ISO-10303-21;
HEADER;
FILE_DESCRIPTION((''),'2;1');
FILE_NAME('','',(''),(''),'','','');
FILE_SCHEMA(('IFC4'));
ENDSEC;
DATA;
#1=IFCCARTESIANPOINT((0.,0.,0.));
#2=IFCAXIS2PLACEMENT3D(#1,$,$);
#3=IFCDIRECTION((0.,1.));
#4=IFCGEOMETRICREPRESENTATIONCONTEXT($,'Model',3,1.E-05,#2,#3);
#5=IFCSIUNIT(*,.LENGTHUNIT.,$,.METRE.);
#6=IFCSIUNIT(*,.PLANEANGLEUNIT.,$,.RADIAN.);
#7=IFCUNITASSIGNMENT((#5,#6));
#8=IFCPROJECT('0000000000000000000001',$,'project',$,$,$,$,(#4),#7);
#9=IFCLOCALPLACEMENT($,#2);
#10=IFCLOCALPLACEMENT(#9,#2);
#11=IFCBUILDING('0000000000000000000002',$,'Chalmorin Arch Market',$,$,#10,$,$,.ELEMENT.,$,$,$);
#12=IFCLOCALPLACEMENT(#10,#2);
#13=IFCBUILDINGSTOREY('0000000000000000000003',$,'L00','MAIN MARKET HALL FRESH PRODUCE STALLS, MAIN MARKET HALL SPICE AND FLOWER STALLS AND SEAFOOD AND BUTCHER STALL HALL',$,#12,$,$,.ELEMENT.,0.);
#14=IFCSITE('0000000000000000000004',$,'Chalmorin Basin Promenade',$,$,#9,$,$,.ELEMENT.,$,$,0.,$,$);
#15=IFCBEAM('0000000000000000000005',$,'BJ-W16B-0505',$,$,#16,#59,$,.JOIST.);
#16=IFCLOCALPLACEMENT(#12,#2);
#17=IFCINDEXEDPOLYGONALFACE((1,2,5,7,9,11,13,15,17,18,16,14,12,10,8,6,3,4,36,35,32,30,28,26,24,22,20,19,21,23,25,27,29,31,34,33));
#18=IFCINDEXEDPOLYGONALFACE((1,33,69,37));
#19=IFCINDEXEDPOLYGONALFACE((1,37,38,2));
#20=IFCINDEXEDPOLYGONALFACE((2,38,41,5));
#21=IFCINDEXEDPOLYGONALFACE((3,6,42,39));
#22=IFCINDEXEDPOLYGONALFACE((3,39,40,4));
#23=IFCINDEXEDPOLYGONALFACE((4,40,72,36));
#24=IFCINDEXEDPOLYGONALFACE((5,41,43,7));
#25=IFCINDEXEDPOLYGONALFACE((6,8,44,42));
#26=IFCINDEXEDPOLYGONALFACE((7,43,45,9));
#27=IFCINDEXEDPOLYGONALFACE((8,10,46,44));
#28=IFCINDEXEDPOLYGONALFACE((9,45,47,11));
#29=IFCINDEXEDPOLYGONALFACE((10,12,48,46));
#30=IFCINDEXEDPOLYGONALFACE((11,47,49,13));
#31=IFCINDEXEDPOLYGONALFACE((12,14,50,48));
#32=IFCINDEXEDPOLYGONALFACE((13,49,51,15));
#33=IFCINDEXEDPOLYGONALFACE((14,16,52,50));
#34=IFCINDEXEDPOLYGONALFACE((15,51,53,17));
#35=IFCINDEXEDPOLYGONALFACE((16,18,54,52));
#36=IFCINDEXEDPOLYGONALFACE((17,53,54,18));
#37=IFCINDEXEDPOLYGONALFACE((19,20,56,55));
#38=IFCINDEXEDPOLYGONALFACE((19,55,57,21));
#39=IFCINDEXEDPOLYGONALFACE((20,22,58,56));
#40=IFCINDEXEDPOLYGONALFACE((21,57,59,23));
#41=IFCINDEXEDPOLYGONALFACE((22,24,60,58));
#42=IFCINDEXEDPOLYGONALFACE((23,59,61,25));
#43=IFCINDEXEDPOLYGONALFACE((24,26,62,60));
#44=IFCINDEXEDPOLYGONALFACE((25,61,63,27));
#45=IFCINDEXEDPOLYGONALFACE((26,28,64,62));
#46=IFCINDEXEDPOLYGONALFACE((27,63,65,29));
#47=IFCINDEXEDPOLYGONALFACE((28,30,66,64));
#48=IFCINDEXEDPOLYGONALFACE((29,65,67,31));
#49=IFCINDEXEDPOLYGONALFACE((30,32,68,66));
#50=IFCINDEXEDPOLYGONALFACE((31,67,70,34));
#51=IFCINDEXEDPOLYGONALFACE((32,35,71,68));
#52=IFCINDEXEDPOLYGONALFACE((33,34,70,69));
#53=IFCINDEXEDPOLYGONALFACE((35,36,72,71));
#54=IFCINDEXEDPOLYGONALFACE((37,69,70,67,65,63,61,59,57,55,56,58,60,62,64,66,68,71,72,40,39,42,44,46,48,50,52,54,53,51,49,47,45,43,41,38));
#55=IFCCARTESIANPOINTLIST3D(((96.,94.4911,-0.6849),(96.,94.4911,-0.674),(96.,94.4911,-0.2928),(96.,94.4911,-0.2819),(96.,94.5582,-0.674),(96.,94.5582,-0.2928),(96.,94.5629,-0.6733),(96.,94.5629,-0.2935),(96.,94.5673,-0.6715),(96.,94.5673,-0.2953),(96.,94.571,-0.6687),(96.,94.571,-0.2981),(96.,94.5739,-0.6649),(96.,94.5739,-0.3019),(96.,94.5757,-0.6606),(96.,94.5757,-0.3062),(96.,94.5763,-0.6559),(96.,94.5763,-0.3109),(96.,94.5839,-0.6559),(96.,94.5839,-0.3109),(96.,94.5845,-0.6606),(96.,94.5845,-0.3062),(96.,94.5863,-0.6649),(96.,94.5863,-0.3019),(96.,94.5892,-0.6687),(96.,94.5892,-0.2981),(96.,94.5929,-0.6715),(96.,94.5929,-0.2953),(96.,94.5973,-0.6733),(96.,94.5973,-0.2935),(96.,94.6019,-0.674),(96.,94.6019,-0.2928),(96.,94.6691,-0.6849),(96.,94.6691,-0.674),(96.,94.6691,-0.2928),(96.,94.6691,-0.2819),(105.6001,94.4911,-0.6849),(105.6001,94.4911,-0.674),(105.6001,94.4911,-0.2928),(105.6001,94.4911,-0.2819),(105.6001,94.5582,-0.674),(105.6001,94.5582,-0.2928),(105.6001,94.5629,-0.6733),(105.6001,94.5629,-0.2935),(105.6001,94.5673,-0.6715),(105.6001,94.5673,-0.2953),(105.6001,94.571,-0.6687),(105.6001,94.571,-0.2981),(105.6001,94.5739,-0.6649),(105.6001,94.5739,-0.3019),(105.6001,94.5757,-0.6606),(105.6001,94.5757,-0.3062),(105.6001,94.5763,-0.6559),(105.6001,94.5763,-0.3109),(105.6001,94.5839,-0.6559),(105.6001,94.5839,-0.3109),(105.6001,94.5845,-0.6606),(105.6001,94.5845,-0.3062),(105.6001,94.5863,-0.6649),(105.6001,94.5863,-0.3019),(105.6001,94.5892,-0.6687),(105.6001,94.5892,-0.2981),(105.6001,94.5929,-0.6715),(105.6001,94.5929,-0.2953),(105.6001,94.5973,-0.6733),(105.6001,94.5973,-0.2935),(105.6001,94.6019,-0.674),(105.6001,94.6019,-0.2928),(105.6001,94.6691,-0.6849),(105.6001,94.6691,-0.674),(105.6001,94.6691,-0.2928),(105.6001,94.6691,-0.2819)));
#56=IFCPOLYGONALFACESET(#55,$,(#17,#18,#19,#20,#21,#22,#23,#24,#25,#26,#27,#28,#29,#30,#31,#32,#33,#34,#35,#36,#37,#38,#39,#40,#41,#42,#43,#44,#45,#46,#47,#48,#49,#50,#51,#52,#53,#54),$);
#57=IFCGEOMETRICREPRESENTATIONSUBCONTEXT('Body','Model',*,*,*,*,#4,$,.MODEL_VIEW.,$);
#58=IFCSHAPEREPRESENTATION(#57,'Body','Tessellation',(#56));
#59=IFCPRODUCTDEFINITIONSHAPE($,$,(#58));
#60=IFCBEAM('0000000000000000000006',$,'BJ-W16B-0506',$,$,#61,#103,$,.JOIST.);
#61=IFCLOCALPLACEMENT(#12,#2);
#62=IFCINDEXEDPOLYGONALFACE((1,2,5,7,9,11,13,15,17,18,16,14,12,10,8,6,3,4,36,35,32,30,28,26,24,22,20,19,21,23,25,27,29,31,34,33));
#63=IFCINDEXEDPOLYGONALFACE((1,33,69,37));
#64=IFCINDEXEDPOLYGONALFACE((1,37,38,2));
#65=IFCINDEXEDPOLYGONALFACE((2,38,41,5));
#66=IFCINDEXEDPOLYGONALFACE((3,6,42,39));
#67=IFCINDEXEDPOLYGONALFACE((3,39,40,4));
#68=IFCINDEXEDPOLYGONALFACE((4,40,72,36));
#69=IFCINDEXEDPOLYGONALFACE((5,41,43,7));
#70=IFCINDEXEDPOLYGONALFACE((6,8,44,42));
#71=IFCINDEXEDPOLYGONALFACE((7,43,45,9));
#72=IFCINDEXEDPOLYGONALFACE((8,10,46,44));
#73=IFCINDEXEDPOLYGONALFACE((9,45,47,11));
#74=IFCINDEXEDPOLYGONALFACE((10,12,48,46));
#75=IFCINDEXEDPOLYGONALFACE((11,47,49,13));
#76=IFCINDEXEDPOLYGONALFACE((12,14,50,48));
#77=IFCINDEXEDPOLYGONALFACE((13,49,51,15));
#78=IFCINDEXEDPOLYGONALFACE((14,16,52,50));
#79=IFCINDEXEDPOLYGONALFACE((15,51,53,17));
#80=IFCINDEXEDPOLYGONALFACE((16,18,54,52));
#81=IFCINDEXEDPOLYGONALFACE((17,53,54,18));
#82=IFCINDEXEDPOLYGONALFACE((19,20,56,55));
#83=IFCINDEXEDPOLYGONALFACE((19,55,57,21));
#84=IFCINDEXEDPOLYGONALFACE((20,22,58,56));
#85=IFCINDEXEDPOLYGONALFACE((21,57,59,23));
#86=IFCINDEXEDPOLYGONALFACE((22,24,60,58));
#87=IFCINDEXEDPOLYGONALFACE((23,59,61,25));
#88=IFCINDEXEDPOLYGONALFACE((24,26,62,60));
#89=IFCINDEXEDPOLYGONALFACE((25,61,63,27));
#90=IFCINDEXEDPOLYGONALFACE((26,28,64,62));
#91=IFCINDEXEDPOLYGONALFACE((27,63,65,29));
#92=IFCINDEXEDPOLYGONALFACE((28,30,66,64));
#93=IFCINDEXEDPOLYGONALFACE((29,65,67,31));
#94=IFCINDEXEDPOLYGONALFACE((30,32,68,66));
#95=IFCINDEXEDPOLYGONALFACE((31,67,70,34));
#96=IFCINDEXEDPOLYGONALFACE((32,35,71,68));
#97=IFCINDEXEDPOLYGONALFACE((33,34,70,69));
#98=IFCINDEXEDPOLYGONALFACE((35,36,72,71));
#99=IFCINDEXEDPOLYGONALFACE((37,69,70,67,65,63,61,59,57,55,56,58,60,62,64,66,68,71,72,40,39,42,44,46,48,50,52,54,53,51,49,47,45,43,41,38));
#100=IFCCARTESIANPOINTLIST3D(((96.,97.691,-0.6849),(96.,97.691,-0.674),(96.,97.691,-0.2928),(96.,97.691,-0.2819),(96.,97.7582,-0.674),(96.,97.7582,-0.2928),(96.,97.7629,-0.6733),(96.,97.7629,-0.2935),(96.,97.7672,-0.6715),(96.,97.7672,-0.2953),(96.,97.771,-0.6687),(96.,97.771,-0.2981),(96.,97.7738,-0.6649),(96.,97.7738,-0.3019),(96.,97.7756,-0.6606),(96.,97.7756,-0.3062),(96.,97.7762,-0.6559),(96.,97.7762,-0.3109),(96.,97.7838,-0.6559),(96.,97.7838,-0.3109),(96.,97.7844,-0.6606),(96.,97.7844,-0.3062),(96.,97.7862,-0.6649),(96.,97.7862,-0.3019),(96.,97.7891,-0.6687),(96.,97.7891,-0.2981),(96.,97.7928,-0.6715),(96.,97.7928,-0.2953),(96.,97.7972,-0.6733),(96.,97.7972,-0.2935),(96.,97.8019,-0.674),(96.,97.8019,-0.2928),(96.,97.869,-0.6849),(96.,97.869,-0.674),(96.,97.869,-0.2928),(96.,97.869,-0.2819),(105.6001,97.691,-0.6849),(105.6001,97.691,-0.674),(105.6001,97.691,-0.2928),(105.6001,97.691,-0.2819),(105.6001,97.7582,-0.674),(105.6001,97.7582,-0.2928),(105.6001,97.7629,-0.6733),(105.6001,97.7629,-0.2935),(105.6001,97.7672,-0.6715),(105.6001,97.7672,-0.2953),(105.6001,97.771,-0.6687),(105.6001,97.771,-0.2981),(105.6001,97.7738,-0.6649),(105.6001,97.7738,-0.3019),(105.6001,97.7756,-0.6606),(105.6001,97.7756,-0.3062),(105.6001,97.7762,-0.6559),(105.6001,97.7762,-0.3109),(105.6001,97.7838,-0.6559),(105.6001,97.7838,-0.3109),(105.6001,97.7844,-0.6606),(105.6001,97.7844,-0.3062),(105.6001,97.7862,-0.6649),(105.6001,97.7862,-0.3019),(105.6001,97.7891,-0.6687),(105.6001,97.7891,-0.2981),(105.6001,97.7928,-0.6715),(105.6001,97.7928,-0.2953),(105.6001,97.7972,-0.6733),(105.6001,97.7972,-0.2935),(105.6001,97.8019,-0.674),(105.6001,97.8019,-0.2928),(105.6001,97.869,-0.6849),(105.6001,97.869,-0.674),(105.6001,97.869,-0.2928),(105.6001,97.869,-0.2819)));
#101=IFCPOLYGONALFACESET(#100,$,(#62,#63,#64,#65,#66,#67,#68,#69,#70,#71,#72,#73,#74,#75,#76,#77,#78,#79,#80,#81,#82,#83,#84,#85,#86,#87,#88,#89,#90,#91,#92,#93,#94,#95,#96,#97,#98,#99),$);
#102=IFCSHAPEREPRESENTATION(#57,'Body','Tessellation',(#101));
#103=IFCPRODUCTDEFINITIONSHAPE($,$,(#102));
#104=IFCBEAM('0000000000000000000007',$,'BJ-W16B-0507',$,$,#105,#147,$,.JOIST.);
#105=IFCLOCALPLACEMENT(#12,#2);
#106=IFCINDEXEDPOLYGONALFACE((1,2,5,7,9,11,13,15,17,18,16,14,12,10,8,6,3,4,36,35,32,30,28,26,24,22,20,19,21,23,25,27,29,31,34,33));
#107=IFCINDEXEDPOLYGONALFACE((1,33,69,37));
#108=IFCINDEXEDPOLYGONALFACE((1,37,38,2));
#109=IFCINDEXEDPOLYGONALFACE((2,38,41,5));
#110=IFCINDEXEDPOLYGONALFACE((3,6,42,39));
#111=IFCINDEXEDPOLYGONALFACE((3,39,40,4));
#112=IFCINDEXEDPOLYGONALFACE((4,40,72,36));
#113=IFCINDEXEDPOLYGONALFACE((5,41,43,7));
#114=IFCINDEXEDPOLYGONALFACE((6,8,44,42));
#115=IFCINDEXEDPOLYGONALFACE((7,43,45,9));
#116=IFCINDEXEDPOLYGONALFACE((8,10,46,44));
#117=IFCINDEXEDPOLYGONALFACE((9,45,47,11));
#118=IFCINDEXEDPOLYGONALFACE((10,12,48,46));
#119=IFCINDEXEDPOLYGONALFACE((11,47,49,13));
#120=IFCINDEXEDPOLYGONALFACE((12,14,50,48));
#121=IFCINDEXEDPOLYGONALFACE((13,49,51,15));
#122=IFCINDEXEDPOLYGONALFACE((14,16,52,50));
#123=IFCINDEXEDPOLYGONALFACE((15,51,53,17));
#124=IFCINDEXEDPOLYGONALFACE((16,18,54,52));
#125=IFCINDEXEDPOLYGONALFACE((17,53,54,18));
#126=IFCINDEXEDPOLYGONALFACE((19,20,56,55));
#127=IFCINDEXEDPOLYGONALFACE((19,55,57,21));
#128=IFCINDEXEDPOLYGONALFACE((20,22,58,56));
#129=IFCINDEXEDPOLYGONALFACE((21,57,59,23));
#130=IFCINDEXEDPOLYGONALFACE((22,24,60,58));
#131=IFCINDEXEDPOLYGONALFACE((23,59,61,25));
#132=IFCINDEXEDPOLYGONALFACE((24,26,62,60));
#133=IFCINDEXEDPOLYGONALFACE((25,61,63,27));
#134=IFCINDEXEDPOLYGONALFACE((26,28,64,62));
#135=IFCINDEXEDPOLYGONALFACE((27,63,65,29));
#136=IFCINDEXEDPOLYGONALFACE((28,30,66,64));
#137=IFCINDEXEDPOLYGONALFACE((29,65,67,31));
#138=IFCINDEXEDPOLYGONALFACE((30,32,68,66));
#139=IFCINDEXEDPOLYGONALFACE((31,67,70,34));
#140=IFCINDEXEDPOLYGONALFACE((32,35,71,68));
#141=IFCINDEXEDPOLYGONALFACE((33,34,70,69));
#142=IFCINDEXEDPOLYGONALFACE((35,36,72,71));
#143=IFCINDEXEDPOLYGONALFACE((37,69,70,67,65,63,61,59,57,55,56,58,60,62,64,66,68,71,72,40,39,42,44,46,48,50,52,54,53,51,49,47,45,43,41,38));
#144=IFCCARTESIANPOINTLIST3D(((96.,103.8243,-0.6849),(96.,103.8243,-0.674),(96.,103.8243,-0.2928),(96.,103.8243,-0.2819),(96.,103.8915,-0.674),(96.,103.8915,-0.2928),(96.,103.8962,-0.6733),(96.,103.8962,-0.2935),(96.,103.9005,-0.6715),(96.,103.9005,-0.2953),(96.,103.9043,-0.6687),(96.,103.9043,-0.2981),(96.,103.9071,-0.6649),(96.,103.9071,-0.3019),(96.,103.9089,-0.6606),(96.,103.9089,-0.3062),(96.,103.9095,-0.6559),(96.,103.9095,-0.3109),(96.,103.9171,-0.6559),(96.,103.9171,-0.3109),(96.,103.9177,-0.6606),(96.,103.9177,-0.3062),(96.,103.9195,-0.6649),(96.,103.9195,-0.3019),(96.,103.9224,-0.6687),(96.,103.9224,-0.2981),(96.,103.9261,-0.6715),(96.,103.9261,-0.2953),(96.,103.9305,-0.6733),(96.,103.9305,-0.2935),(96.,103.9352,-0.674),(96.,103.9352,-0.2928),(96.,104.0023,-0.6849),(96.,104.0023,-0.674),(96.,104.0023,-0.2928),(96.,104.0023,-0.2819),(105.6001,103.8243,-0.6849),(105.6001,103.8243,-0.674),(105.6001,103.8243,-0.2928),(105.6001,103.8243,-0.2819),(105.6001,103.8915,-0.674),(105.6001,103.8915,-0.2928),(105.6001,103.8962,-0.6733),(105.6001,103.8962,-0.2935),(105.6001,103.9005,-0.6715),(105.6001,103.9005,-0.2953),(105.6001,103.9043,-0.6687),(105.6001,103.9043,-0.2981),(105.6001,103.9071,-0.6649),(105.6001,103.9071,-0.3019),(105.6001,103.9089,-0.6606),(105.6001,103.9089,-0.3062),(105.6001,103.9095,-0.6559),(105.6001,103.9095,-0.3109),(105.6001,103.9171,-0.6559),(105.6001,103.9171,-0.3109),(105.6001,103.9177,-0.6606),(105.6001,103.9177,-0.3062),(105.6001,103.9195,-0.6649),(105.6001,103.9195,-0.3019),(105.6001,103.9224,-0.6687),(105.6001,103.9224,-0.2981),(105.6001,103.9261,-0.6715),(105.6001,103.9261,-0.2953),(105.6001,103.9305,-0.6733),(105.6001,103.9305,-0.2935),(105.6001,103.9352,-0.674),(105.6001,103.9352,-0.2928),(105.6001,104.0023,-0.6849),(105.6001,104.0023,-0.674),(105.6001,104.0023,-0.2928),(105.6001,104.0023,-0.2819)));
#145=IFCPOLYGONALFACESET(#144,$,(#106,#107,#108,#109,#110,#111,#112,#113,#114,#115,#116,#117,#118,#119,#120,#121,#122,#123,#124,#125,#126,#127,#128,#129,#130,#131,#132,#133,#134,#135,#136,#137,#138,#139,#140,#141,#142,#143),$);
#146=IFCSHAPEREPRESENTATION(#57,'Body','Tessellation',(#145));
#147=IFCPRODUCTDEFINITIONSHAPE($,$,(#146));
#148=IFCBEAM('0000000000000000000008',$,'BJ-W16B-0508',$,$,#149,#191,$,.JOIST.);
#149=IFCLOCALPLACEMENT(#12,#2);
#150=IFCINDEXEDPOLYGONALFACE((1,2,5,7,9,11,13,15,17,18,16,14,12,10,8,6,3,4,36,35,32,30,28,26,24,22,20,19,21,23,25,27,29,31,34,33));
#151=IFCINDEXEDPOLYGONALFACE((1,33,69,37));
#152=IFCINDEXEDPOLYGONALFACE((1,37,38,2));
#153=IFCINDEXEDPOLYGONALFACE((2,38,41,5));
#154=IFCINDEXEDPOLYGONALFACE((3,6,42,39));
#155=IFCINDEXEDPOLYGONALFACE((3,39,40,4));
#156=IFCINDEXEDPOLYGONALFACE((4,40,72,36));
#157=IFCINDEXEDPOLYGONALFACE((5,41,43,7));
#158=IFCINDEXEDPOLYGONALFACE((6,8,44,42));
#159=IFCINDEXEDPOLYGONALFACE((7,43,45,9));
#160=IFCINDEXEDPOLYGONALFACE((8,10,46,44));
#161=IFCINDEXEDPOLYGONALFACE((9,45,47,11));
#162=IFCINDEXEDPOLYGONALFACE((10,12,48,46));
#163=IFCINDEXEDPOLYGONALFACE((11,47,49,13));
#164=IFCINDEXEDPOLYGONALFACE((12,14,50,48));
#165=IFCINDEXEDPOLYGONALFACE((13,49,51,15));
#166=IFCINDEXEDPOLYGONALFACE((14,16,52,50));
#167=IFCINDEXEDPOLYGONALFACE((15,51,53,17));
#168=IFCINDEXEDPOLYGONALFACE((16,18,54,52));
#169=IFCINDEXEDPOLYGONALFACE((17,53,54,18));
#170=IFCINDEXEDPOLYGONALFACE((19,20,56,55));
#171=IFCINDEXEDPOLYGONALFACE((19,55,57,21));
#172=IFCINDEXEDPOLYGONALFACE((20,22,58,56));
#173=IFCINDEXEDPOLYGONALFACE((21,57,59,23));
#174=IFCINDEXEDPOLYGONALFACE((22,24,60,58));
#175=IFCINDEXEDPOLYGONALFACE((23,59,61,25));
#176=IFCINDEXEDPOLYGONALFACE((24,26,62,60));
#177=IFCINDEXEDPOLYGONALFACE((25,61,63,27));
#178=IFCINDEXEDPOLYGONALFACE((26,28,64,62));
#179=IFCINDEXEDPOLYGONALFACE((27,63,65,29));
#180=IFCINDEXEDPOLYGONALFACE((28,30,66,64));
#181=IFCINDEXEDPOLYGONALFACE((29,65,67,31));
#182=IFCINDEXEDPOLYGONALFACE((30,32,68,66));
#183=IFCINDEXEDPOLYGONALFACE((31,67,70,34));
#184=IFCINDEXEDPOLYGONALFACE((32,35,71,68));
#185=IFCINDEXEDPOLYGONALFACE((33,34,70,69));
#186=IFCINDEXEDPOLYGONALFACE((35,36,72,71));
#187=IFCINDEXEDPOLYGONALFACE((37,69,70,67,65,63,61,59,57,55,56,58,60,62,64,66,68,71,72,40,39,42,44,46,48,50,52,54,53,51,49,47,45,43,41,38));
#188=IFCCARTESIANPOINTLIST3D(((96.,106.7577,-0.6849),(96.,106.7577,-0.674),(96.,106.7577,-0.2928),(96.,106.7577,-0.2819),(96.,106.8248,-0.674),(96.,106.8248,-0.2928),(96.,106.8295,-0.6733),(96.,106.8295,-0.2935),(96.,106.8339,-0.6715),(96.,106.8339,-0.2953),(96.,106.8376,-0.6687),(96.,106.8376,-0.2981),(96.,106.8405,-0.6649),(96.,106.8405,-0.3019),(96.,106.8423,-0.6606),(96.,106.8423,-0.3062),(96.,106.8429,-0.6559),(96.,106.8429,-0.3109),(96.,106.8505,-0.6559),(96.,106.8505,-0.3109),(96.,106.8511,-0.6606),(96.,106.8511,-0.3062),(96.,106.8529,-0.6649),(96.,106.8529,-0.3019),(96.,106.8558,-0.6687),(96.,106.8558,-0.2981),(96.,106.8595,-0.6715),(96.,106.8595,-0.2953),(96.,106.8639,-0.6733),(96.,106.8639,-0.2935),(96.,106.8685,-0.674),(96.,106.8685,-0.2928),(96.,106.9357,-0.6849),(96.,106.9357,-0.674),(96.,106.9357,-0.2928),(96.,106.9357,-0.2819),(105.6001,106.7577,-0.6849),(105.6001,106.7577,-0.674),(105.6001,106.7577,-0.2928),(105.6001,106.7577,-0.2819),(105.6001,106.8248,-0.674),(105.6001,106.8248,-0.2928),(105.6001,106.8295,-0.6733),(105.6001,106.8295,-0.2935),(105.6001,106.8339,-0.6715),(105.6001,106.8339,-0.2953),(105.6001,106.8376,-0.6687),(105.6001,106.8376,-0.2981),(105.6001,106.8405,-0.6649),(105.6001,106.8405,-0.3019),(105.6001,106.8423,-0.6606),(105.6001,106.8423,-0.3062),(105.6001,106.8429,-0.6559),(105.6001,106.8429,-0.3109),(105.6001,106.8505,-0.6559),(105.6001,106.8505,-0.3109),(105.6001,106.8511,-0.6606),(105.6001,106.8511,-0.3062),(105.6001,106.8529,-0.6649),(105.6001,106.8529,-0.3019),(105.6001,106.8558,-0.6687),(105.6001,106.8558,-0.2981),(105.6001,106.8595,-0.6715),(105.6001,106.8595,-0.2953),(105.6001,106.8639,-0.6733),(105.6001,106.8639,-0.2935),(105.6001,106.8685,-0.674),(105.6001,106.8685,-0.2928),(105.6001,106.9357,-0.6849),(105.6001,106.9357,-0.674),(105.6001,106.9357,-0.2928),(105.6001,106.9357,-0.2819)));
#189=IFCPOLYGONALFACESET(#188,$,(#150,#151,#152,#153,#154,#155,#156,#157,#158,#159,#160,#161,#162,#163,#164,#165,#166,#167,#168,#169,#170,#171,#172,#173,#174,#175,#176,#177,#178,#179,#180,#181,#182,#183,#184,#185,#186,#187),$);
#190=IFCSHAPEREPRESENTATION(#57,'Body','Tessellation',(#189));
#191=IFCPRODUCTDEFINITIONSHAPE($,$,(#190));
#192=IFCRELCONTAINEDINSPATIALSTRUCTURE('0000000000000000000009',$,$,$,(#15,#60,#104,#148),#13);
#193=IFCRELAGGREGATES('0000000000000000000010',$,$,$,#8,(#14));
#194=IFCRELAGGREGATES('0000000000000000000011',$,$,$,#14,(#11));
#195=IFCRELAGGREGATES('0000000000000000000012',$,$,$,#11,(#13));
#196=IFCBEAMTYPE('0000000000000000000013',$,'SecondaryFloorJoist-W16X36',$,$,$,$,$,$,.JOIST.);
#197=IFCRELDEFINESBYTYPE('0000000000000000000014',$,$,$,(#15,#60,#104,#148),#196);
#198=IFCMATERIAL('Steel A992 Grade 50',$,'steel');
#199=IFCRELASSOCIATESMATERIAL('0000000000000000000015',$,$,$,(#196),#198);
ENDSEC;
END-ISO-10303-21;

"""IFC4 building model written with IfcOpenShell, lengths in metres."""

from ifc_helpers import new_model, si_unit, direction, frame, origin, origin_2d, place, context, subcontext, project, spatial, i_section, extrude, material, material_profile, profile_set, type_object, element, save


model = new_model("IFC4")

# Units and contexts
model_context = context("Model", 3, precision=1e-05, world=origin(), true_north=direction((0.0, 1.0)))
body_context = subcontext(model_context, "Body", "Model", "MODEL_VIEW")
ifc_project = project(units=[si_unit("LENGTHUNIT", "METRE"), si_unit("PLANEANGLEUNIT", "RADIAN")], contexts=[model_context])

# Site, building, storey
site_placement = place(None, origin())
site = spatial("IfcSite", under=ifc_project, at=site_placement, Name="Chalmorin Basin Promenade", CompositionType="ELEMENT", RefElevation=0.0)
building_placement = place(site_placement, origin())
building = spatial("IfcBuilding", under=site, at=building_placement, Name="Chalmorin Arch Market", CompositionType="ELEMENT")
storey_placement = place(building_placement, origin())
storey = spatial("IfcBuildingStorey", under=building, at=storey_placement, Name="L00", Description="MAIN MARKET HALL FRESH PRODUCE STALLS, MAIN MARKET HALL SPICE AND FLOWER STALLS AND SEAFOOD AND BUTCHER STALL HALL", CompositionType="ELEMENT", Elevation=0.0)

# Beams
ifc_material_1 = material(Name="Steel A992 Grade 50", Category="steel")
ifc_material_profile_1 = material_profile(ifc_material_1, i_section(OverallWidth=0.178, OverallDepth=0.4031, WebThickness=0.0076, FlangeThickness=0.011, FilletRadius=0.0181, at=origin_2d()), Name="W16X36")
ifc_profile_set_1 = profile_set([ifc_material_profile_1], Name="Steel A992 Grade 50")
beam_type_1 = type_object("IfcBeamType", Name="SecondaryFloorJoist-W16X36", PredefinedType="JOIST", material=ifc_profile_set_1)
for number, where, z_axis, x_axis, name in (
    (1, (96.0, 94.5801, -0.4834), (1.0, 0.0, 0.0), (0.0, 1.0, 0.0), "BJ-W16B-0505"),
    (2, (96.0, 97.78, -0.4834), (1.0, 0.0, 0.0), (0.0, 1.0, 0.0), "BJ-W16B-0506"),
    (3, (96.0, 103.9133, -0.4834), (1.0, 0.0, 0.0), (0.0, 1.0, 0.0), "BJ-W16B-0507"),
    (4, (96.0, 106.8467, -0.4834), (1.0, 0.0, 0.0), (0.0, 1.0, 0.0), "BJ-W16B-0508"),
):
    element("IfcBeam", number, at=place(storey_placement, frame(where, z_axis=z_axis, x_axis=x_axis)), inside=storey, type_object=beam_type_1, Name=name, PredefinedType="JOIST", context=body_context, shape_type="SweptSolid", body=[
        extrude(i_section(OverallWidth=0.178, OverallDepth=0.4031, WebThickness=0.0076, FlangeThickness=0.011, FilletRadius=0.0181, at=origin_2d()), origin(), (0.0, 0.0, 1.0), 9.6001),
    ])

save(model, "model.ifc")
